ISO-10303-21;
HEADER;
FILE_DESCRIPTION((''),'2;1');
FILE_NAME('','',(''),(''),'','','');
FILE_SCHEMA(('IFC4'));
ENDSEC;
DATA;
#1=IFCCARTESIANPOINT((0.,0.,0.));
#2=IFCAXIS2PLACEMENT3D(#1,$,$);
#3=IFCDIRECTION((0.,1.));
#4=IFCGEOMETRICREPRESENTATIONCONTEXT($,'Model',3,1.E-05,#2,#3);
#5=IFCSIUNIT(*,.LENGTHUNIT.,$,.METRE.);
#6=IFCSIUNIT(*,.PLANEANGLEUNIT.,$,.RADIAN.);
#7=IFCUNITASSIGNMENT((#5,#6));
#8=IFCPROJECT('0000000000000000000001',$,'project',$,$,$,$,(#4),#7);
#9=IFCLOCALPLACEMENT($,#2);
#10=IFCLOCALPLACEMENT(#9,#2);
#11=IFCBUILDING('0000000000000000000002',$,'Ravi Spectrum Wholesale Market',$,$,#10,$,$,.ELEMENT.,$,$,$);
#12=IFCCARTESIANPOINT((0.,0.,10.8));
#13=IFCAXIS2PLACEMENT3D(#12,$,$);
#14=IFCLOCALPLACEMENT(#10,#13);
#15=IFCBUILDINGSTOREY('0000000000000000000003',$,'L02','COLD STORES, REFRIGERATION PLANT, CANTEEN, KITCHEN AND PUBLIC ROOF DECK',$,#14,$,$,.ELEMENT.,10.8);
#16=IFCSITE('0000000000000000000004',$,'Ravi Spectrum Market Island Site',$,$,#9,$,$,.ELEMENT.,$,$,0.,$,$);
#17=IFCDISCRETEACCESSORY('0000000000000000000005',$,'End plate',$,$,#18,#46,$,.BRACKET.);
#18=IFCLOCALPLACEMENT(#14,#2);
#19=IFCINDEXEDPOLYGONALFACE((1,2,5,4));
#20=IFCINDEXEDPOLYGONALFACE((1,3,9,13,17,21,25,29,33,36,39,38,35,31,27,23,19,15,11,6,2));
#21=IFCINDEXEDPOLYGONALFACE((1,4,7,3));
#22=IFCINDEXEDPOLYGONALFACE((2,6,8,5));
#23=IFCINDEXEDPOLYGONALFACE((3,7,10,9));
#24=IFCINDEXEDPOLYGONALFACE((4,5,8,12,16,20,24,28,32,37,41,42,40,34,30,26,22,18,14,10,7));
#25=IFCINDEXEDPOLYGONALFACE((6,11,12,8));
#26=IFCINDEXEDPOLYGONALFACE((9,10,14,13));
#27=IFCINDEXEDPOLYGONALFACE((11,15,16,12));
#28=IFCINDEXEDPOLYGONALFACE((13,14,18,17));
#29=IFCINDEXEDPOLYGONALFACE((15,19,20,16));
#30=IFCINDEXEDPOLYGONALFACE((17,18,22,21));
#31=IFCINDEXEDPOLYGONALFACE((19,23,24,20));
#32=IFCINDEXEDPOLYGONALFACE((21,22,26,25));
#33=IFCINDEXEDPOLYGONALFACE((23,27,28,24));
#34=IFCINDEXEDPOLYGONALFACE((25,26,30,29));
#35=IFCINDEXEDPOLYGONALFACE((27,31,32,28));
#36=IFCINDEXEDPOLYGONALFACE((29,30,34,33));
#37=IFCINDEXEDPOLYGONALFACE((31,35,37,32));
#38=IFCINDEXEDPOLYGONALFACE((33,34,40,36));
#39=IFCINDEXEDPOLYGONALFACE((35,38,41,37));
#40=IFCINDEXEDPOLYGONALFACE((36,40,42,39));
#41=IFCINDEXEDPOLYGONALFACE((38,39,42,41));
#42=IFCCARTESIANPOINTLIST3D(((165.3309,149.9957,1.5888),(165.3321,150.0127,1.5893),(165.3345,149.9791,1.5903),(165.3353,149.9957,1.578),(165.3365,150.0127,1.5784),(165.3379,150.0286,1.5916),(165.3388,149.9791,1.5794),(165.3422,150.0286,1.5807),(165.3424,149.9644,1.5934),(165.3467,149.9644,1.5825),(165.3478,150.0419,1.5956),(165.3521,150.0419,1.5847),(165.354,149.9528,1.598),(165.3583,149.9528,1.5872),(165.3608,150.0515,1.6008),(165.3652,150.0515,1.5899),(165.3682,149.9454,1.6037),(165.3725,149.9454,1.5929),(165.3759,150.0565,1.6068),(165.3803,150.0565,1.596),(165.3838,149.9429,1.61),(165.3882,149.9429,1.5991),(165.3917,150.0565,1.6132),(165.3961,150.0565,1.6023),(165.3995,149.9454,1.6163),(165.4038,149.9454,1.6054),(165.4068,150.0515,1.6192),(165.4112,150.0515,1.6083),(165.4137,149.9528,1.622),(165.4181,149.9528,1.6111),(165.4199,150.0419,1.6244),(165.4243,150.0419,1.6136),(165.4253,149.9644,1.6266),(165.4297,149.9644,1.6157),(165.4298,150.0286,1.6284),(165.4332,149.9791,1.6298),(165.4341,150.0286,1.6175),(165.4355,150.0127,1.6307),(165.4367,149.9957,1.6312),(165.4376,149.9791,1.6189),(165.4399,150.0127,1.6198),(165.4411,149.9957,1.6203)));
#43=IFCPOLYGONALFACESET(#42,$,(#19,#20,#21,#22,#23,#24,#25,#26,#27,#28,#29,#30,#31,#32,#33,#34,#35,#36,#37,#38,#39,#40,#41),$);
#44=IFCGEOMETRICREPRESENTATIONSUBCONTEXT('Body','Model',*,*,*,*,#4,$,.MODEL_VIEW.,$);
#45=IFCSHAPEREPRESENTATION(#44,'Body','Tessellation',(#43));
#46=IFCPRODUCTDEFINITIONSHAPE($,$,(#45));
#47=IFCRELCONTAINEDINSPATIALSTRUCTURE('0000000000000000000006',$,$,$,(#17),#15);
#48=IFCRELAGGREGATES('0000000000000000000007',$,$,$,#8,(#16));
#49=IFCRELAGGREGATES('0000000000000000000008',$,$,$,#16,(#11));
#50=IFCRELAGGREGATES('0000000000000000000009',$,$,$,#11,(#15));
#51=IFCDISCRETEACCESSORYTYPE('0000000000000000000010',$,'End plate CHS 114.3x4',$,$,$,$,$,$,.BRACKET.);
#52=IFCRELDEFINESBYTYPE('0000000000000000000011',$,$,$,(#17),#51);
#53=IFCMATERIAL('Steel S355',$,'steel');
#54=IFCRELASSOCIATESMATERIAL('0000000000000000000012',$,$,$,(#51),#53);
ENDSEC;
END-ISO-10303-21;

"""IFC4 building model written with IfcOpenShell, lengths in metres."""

from ifc_helpers import new_model, si_unit, direction, frame, origin, origin_2d, place, context, subcontext, project, spatial, circle, extrude, material, material_profile, profile_set, type_object, element, save


model = new_model("IFC4")

# Units and contexts
model_context = context("Model", 3, precision=1e-05, world=origin(), true_north=direction((0.0, 1.0)))
body_context = subcontext(model_context, "Body", "Model", "MODEL_VIEW")
ifc_project = project(units=[si_unit("LENGTHUNIT", "METRE"), si_unit("PLANEANGLEUNIT", "RADIAN")], contexts=[model_context])

# Site, building, storey
site_placement = place(None, origin())
site = spatial("IfcSite", under=ifc_project, at=site_placement, Name="Ravi Spectrum Market Island Site", CompositionType="ELEMENT", RefElevation=0.0)
building_placement = place(site_placement, origin())
building = spatial("IfcBuilding", under=site, at=building_placement, Name="Ravi Spectrum Wholesale Market", CompositionType="ELEMENT")
storey_placement = place(building_placement, frame((0.0, 0.0, 10.8)))
storey = spatial("IfcBuildingStorey", under=building, at=storey_placement, Name="L02", Description="COLD STORES, REFRIGERATION PLANT, CANTEEN, KITCHEN AND PUBLIC ROOF DECK", CompositionType="ELEMENT", Elevation=10.8)

# Discrete accessory
ifc_material_1 = material(Name="Steel S355", Category="steel")
ifc_material_profile_1 = material_profile(ifc_material_1, circle(Radius=0.0571, at=origin_2d()))
ifc_profile_set_1 = profile_set([ifc_material_profile_1], Name="Steel S355")
discrete_accessory_type = type_object("IfcDiscreteAccessoryType", Name="End plate CHS 114.3x4", PredefinedType="BRACKET", material=ifc_profile_set_1)
discrete_accessory_placement = place(storey_placement, frame((165.3882, 150.0, 1.5991), z_axis=(-0.371391, 0.0, 0.928477), x_axis=(0.0, -1.0, 0.0)))
element("IfcDiscreteAccessory", 1, at=discrete_accessory_placement, inside=storey, type_object=discrete_accessory_type, Name="End plate", PredefinedType="BRACKET", context=body_context, shape_type="SweptSolid", body=[
    extrude(circle(Radius=0.0571, at=origin_2d()), origin(), (0.0, 0.0, 1.0), 0.0117),
])

save(model, "model.ifc")
